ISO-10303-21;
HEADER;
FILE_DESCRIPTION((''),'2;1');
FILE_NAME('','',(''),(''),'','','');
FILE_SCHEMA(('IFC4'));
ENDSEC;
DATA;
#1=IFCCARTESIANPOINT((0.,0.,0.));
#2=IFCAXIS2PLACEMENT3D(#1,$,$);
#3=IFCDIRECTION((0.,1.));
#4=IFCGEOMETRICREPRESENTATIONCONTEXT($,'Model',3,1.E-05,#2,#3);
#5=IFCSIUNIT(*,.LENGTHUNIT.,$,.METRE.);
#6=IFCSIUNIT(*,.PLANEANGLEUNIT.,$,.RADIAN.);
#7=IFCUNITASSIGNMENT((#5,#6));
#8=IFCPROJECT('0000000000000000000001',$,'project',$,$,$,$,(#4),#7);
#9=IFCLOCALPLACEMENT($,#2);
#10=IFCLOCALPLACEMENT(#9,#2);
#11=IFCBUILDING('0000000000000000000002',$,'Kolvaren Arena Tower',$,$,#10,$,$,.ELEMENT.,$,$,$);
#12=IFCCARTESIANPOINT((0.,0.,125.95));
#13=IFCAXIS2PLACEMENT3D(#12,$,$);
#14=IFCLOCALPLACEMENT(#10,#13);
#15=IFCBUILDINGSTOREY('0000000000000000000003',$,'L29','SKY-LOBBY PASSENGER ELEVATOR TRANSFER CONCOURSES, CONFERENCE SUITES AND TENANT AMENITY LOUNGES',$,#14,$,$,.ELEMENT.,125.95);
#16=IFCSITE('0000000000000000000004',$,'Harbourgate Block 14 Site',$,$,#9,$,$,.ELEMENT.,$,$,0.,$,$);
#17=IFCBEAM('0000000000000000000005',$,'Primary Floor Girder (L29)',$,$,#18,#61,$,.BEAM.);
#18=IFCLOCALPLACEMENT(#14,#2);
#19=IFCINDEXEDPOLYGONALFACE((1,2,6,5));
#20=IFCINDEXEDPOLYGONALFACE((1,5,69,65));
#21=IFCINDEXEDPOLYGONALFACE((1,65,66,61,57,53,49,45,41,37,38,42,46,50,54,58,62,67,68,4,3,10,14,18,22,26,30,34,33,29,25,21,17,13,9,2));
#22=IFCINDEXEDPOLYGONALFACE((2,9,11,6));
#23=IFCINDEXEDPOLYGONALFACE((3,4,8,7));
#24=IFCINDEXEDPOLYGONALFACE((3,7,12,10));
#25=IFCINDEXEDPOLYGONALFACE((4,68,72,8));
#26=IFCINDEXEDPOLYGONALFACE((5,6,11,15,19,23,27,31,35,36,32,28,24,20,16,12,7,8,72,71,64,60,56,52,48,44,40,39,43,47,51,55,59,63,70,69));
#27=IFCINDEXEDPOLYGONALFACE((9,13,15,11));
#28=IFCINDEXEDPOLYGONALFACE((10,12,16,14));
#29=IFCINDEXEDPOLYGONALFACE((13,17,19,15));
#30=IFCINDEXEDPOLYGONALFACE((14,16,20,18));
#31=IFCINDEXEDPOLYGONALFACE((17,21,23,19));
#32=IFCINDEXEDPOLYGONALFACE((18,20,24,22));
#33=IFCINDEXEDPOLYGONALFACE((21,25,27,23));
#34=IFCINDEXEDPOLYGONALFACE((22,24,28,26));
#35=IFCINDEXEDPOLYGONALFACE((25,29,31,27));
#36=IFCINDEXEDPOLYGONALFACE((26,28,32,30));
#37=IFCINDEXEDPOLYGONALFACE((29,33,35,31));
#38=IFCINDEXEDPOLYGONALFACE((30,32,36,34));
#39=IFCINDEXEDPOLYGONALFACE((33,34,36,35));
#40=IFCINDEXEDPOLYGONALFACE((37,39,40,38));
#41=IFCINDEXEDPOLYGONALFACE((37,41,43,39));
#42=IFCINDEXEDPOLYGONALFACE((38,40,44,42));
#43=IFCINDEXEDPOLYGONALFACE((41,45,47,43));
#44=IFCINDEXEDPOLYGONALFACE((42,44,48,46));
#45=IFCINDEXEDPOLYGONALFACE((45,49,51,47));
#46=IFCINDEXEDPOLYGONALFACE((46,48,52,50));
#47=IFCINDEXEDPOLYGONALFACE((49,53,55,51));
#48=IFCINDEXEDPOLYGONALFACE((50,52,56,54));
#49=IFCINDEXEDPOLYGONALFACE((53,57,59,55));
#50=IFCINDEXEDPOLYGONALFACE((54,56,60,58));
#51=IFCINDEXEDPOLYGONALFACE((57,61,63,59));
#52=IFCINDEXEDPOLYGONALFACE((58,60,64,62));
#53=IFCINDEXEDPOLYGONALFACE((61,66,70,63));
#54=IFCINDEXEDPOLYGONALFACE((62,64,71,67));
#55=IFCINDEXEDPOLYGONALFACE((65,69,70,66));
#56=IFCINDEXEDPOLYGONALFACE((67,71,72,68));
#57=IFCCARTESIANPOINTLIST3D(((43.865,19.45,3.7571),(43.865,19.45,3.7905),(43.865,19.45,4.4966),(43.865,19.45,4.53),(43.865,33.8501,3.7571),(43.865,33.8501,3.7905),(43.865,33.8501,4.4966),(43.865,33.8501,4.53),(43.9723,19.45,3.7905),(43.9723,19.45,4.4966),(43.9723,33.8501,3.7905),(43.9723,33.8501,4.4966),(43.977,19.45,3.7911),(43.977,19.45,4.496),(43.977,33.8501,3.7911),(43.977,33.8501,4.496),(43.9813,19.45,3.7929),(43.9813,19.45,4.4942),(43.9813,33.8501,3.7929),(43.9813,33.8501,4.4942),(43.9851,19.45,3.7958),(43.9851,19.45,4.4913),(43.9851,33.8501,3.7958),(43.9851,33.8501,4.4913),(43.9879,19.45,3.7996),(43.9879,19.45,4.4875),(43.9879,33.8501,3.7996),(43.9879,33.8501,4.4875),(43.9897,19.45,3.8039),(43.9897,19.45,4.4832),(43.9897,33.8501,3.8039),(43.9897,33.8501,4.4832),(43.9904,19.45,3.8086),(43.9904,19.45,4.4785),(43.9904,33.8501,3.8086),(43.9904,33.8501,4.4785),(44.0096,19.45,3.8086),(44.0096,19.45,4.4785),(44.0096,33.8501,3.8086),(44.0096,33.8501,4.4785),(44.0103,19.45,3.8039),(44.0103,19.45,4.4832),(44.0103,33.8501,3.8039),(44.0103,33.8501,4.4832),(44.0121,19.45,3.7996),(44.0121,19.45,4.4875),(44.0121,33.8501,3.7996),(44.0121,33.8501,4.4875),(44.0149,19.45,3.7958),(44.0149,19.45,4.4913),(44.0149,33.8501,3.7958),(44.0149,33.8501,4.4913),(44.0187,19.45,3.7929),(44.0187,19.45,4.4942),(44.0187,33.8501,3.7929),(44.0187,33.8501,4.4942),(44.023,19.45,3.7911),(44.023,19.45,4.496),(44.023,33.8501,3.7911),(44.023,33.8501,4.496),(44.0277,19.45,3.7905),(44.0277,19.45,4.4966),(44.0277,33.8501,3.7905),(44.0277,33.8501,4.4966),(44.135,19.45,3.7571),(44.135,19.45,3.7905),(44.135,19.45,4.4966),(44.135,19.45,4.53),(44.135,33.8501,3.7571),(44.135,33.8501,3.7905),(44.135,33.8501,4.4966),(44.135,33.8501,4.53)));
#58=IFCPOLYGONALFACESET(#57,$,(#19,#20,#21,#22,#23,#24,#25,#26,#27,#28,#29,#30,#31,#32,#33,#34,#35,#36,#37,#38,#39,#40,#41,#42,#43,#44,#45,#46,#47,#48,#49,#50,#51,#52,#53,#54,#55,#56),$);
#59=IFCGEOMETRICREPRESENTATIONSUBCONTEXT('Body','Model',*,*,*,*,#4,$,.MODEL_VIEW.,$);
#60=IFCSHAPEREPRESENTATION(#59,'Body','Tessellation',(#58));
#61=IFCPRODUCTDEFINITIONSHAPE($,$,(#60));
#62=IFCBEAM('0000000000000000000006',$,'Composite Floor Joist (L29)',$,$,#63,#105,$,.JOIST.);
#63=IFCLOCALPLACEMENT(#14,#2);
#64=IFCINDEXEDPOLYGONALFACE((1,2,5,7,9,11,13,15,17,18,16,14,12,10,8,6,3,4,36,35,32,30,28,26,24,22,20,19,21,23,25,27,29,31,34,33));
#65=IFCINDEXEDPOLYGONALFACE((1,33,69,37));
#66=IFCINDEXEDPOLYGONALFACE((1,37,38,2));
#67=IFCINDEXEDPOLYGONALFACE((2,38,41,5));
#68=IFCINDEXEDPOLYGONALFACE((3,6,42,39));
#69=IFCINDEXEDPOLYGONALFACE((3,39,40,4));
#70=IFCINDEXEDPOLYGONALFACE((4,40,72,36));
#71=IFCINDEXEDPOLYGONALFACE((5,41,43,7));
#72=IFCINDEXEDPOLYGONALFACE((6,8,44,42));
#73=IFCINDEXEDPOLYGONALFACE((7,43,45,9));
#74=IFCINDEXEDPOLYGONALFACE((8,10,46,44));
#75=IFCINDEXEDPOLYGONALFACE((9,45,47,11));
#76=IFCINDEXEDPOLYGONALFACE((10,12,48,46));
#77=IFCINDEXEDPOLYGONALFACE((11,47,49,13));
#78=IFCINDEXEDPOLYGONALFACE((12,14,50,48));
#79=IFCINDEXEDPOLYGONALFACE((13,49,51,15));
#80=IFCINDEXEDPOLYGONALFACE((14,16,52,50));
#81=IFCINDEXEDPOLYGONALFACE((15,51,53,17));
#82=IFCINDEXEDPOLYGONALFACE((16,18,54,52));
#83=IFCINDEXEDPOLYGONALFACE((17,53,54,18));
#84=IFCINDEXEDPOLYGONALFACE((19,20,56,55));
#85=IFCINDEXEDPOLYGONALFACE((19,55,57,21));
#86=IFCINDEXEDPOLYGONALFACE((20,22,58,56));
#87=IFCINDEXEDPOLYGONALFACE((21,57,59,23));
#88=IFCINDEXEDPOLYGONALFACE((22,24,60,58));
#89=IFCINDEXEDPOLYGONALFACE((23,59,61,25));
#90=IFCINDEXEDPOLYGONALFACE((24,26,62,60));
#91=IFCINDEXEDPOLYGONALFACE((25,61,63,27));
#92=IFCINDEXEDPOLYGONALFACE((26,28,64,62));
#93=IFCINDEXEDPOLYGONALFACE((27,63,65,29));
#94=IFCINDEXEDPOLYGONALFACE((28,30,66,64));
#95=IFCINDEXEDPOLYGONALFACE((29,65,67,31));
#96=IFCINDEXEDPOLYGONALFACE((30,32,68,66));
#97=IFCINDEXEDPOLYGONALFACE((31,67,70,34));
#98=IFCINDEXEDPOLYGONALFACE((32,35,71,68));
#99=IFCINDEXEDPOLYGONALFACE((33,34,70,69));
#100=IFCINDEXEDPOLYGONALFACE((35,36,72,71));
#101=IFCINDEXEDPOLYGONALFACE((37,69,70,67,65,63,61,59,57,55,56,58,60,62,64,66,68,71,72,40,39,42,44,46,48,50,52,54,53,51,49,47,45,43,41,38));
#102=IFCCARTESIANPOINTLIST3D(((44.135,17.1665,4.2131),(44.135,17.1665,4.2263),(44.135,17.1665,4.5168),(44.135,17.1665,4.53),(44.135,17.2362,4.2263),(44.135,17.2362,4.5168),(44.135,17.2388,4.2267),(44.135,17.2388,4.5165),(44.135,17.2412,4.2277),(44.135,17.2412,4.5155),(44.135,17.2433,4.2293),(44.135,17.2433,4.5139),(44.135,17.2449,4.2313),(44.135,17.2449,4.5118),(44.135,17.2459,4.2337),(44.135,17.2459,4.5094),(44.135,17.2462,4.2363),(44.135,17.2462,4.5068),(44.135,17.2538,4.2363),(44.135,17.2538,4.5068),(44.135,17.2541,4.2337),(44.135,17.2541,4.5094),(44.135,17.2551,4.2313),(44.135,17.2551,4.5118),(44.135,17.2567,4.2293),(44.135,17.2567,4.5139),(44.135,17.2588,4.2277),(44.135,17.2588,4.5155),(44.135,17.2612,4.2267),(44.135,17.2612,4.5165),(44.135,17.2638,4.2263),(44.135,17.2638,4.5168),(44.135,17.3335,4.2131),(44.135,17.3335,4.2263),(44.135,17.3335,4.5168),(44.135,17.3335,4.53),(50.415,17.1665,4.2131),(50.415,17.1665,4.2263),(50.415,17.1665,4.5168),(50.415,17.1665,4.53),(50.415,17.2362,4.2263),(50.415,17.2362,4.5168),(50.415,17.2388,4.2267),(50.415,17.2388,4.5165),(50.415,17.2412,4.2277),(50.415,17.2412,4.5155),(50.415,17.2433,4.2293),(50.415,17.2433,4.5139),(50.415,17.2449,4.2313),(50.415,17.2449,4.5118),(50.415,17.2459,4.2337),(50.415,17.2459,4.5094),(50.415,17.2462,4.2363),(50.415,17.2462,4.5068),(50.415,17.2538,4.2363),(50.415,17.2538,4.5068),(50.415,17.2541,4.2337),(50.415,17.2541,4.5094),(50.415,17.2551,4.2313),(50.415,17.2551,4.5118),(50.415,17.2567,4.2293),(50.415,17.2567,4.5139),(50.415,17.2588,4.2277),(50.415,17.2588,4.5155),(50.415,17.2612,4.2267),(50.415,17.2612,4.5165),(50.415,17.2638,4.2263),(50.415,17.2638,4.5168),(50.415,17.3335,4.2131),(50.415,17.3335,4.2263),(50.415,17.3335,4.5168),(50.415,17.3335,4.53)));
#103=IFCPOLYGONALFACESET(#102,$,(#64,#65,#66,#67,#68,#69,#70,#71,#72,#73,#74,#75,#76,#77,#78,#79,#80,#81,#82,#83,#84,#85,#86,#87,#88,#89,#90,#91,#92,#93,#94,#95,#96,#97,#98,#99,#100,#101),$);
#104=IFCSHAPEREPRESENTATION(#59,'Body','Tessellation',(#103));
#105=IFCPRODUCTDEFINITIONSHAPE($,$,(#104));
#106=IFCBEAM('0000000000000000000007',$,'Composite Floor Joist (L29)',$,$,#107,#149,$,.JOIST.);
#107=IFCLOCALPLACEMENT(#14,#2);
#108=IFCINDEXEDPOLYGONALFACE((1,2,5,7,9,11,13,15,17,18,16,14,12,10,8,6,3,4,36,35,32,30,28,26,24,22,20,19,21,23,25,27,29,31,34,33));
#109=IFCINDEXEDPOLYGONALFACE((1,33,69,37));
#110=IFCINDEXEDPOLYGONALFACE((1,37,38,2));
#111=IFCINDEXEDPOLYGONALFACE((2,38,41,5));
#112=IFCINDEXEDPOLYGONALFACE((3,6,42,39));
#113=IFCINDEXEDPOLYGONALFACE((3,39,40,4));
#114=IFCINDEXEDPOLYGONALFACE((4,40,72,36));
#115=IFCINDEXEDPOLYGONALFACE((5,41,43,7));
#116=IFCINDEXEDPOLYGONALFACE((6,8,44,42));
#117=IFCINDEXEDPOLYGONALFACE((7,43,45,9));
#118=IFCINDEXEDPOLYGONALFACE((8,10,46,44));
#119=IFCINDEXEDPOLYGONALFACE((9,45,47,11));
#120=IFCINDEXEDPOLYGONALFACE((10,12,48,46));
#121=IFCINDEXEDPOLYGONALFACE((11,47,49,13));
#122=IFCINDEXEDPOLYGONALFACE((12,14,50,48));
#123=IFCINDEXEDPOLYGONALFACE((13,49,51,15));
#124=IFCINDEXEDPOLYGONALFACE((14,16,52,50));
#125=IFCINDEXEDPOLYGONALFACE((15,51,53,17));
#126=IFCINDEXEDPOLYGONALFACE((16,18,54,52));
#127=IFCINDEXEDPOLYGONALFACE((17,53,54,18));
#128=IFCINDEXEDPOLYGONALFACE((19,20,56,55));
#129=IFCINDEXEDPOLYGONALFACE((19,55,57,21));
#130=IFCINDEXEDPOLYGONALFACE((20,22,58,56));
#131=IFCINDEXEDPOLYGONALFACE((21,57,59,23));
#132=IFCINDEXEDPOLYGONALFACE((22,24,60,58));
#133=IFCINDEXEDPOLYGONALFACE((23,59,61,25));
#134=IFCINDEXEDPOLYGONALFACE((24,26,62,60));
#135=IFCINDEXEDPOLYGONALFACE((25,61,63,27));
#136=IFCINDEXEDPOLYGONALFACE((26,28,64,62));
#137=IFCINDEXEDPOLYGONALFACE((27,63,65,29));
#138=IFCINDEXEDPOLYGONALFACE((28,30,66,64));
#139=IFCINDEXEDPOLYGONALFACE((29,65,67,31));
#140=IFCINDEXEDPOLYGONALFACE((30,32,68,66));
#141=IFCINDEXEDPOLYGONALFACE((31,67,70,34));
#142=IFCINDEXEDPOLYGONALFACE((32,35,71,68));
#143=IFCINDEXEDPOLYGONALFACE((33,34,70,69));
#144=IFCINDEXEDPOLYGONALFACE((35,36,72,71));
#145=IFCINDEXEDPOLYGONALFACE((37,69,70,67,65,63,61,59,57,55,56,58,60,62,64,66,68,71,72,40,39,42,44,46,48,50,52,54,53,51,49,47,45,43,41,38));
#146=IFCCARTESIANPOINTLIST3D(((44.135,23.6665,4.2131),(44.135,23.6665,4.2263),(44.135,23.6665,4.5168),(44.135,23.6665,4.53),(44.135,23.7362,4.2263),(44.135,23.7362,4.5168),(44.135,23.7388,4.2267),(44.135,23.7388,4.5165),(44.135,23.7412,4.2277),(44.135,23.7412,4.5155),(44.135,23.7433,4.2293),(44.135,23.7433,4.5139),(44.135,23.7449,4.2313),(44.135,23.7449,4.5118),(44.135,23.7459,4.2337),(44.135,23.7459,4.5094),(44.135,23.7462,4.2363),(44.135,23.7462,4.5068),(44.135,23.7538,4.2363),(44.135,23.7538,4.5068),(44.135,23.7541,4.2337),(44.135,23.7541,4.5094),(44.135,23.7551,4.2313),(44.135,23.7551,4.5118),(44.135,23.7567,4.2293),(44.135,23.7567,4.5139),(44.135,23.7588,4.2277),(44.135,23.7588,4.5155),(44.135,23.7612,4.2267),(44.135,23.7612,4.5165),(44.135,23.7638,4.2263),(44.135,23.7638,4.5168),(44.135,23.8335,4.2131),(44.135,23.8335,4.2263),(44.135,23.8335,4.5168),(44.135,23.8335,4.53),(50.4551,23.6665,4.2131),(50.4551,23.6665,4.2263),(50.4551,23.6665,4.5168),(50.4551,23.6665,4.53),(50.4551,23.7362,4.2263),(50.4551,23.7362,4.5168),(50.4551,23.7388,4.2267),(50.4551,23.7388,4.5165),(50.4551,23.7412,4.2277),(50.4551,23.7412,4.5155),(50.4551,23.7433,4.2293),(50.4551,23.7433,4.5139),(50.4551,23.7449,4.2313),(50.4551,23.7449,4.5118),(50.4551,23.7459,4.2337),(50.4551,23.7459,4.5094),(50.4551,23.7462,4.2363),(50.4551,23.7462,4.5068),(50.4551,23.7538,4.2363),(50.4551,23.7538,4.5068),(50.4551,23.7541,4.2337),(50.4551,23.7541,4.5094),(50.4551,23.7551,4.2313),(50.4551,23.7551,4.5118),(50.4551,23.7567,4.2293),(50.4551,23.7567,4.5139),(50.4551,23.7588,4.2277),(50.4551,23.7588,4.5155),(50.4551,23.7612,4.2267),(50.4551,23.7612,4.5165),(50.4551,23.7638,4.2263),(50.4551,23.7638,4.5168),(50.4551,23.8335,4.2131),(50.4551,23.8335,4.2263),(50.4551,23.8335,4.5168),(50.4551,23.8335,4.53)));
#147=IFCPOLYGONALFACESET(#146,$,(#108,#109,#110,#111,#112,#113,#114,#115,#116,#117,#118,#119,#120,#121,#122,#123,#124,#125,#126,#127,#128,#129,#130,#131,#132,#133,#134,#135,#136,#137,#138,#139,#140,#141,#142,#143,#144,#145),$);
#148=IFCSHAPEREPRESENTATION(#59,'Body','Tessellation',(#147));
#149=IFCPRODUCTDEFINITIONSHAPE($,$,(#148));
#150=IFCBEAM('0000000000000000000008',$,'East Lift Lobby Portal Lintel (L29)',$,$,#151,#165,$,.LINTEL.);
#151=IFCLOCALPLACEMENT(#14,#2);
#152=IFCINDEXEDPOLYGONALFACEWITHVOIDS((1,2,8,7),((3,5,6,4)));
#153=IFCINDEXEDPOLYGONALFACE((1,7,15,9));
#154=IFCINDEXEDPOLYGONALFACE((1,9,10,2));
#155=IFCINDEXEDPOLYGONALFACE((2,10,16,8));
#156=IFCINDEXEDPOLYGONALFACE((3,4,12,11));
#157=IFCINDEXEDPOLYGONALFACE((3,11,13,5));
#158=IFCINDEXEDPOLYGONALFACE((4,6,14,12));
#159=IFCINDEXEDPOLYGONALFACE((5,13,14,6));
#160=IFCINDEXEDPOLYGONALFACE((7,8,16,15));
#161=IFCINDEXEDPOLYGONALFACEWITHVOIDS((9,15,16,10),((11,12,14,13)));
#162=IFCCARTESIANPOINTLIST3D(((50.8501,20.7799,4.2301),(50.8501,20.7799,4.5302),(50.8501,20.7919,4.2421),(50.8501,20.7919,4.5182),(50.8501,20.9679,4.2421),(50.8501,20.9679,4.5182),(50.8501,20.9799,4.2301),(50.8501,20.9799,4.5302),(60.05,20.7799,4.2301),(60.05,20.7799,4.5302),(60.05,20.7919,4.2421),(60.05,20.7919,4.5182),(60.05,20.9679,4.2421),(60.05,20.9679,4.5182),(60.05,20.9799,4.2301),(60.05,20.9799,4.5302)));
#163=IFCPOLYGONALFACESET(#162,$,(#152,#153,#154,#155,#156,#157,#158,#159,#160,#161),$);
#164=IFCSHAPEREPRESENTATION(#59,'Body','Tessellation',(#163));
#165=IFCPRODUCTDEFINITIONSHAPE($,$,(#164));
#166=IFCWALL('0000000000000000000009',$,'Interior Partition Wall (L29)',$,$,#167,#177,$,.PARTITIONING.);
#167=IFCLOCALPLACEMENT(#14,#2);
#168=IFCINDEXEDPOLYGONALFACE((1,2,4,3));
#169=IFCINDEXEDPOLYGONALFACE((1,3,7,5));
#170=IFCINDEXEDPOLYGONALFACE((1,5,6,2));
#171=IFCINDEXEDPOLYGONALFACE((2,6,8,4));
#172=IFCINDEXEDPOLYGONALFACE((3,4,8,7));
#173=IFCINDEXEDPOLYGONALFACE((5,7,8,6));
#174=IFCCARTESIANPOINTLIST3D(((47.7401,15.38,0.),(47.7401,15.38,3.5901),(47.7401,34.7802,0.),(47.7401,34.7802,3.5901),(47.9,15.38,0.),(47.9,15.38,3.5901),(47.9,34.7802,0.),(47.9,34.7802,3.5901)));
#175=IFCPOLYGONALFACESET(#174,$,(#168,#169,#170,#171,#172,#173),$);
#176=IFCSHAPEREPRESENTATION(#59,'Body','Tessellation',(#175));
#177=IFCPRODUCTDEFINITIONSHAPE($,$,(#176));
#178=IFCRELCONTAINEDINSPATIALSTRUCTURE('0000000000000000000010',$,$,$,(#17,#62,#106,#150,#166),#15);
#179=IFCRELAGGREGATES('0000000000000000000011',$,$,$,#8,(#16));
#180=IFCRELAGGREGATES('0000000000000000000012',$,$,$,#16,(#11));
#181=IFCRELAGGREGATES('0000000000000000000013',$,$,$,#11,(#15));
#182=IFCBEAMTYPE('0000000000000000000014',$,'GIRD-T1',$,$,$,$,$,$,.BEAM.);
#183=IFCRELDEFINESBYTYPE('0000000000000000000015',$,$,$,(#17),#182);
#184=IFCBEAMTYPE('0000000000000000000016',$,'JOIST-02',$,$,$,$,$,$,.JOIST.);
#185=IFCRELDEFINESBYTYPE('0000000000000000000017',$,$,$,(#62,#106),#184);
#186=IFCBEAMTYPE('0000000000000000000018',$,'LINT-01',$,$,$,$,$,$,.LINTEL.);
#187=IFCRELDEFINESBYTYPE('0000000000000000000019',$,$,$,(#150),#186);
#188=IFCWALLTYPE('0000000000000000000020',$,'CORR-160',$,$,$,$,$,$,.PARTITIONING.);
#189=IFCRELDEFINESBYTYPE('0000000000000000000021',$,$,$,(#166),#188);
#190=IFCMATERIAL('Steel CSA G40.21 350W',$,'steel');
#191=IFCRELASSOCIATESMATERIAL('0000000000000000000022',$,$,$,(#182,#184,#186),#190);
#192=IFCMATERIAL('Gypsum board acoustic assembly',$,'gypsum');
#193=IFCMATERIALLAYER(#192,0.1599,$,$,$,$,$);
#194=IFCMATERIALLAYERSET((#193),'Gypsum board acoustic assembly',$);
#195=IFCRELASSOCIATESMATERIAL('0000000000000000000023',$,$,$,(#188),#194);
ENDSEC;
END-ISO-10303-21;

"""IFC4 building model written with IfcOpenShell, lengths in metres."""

from ifc_helpers import new_model, si_unit, direction, frame, frame_2d, origin, origin_2d, place, context, subcontext, project, spatial, rectangle, hollow_rectangle, i_section, extrude, material, layer, layer_set, material_profile, profile_set, type_object, element, save


model = new_model("IFC4")

# Units and contexts
model_context = context("Model", 3, precision=1e-05, world=origin(), true_north=direction((0.0, 1.0)))
body_context = subcontext(model_context, "Body", "Model", "MODEL_VIEW")
ifc_project = project(units=[si_unit("LENGTHUNIT", "METRE"), si_unit("PLANEANGLEUNIT", "RADIAN")], contexts=[model_context])

# Site, building, storey
site_placement = place(None, origin())
site = spatial("IfcSite", under=ifc_project, at=site_placement, Name="Harbourgate Block 14 Site", CompositionType="ELEMENT", RefElevation=0.0)
building_placement = place(site_placement, origin())
building = spatial("IfcBuilding", under=site, at=building_placement, Name="Kolvaren Arena Tower", CompositionType="ELEMENT")
storey_placement = place(building_placement, frame((0.0, 0.0, 125.95)))
storey = spatial("IfcBuildingStorey", under=building, at=storey_placement, Name="L29", Description="SKY-LOBBY PASSENGER ELEVATOR TRANSFER CONCOURSES, CONFERENCE SUITES AND TENANT AMENITY LOUNGES", CompositionType="ELEMENT", Elevation=125.95)

# Beams
ifc_material_1 = material(Name="Steel CSA G40.21 350W", Category="steel")
ifc_material_profile_1 = material_profile(ifc_material_1, i_section(OverallWidth=0.27, OverallDepth=0.7729, WebThickness=0.0193, FlangeThickness=0.0334, FilletRadius=0.0181, at=origin_2d()), Name="W760x257")
ifc_profile_set_1 = profile_set([ifc_material_profile_1], Name="Steel CSA G40.21 350W")
beam_type_1 = type_object("IfcBeamType", Name="GIRD-T1", PredefinedType="BEAM", material=ifc_profile_set_1)
beam_1_placement = place(storey_placement, frame((44.0, 19.45, 4.1436), z_axis=(0.0, 1.0, 0.0), x_axis=(-1.0, 0.0, 0.0)))
element("IfcBeam", 1, at=beam_1_placement, inside=storey, type_object=beam_type_1, Name="Primary Floor Girder (L29)", PredefinedType="BEAM", context=body_context, shape_type="SweptSolid", body=[
    extrude(i_section(OverallWidth=0.27, OverallDepth=0.7729, WebThickness=0.0193, FlangeThickness=0.0334, FilletRadius=0.0181, at=origin_2d()), origin(), (0.0, 0.0, 1.0), 14.4001),
])
ifc_material_profile_2 = material_profile(ifc_material_1, i_section(OverallWidth=0.167, OverallDepth=0.3169, WebThickness=0.0076, FlangeThickness=0.0132, FilletRadius=0.01, at=origin_2d()), Name="W310x52")
ifc_profile_set_2 = profile_set([ifc_material_profile_2], Name="Steel CSA G40.21 350W")
beam_type_2 = type_object("IfcBeamType", Name="JOIST-02", PredefinedType="JOIST", material=ifc_profile_set_2)
beam_2_placement = place(storey_placement, frame((44.135, 17.25, 4.3716), z_axis=(1.0, 0.0, 0.0), x_axis=(0.0, 1.0, 0.0)))
element("IfcBeam", 2, at=beam_2_placement, inside=storey, type_object=beam_type_2, Name="Composite Floor Joist (L29)", PredefinedType="JOIST", context=body_context, shape_type="SweptSolid", body=[
    extrude(i_section(OverallWidth=0.167, OverallDepth=0.3169, WebThickness=0.0076, FlangeThickness=0.0132, FilletRadius=0.01, at=origin_2d()), origin(), (0.0, 0.0, 1.0), 6.28),
])
beam_3_placement = place(storey_placement, frame((44.135, 23.75, 4.3716), z_axis=(1.0, 0.0, 0.0), x_axis=(0.0, 1.0, 0.0)))
element("IfcBeam", 3, at=beam_3_placement, inside=storey, type_object=beam_type_2, Name="Composite Floor Joist (L29)", PredefinedType="JOIST", context=body_context, shape_type="SweptSolid", body=[
    extrude(i_section(OverallWidth=0.167, OverallDepth=0.3169, WebThickness=0.0076, FlangeThickness=0.0132, FilletRadius=0.01, at=origin_2d()), origin(), (0.0, 0.0, 1.0), 6.3201),
])
ifc_material_profile_3 = material_profile(ifc_material_1, hollow_rectangle(XDim=0.2, YDim=0.3, WallThickness=0.012, at=origin_2d()), Name="HSS 300x200x12")
ifc_profile_set_3 = profile_set([ifc_material_profile_3], Name="Steel CSA G40.21 350W")
beam_type_3 = type_object("IfcBeamType", Name="LINT-01", PredefinedType="LINTEL", material=ifc_profile_set_3)
beam_4_placement = place(storey_placement, frame((50.8501, 20.8799, 4.3801), z_axis=(1.0, 0.0, 0.0), x_axis=(0.0, 1.0, 0.0)))
element("IfcBeam", 4, at=beam_4_placement, inside=storey, type_object=beam_type_3, Name="East Lift Lobby Portal Lintel (L29)", PredefinedType="LINTEL", context=body_context, shape_type="SweptSolid", body=[
    extrude(hollow_rectangle(XDim=0.2, YDim=0.3, WallThickness=0.012, at=origin_2d()), origin(), (0.0, 0.0, 1.0), 9.2),
])

# Wall
ifc_material_2 = material(Name="Gypsum board acoustic assembly", Category="gypsum")
ifc_layer_1 = layer(ifc_material_2, 0.1599)
ifc_layer_set_1 = layer_set([ifc_layer_1], Name="Gypsum board acoustic assembly")
wall_type_1 = type_object("IfcWallType", Name="CORR-160", PredefinedType="PARTITIONING", material=ifc_layer_set_1)
wall_1_placement = place(storey_placement, frame((47.8201, 15.3799, 0.0), z_axis=(0.0, 0.0, 1.0), x_axis=(0.0, 1.0, 0.0)))
element("IfcWall", 5, at=wall_1_placement, inside=storey, type_object=wall_type_1, Name="Interior Partition Wall (L29)", PredefinedType="PARTITIONING", context=body_context, shape_type="SweptSolid", body=[
    extrude(rectangle(XDim=19.4001, YDim=0.1599, at=frame_2d((9.7002, 0.0))), origin(), (0.0, 0.0, 1.0), 3.5901),
])

save(model, "model.ifc")
